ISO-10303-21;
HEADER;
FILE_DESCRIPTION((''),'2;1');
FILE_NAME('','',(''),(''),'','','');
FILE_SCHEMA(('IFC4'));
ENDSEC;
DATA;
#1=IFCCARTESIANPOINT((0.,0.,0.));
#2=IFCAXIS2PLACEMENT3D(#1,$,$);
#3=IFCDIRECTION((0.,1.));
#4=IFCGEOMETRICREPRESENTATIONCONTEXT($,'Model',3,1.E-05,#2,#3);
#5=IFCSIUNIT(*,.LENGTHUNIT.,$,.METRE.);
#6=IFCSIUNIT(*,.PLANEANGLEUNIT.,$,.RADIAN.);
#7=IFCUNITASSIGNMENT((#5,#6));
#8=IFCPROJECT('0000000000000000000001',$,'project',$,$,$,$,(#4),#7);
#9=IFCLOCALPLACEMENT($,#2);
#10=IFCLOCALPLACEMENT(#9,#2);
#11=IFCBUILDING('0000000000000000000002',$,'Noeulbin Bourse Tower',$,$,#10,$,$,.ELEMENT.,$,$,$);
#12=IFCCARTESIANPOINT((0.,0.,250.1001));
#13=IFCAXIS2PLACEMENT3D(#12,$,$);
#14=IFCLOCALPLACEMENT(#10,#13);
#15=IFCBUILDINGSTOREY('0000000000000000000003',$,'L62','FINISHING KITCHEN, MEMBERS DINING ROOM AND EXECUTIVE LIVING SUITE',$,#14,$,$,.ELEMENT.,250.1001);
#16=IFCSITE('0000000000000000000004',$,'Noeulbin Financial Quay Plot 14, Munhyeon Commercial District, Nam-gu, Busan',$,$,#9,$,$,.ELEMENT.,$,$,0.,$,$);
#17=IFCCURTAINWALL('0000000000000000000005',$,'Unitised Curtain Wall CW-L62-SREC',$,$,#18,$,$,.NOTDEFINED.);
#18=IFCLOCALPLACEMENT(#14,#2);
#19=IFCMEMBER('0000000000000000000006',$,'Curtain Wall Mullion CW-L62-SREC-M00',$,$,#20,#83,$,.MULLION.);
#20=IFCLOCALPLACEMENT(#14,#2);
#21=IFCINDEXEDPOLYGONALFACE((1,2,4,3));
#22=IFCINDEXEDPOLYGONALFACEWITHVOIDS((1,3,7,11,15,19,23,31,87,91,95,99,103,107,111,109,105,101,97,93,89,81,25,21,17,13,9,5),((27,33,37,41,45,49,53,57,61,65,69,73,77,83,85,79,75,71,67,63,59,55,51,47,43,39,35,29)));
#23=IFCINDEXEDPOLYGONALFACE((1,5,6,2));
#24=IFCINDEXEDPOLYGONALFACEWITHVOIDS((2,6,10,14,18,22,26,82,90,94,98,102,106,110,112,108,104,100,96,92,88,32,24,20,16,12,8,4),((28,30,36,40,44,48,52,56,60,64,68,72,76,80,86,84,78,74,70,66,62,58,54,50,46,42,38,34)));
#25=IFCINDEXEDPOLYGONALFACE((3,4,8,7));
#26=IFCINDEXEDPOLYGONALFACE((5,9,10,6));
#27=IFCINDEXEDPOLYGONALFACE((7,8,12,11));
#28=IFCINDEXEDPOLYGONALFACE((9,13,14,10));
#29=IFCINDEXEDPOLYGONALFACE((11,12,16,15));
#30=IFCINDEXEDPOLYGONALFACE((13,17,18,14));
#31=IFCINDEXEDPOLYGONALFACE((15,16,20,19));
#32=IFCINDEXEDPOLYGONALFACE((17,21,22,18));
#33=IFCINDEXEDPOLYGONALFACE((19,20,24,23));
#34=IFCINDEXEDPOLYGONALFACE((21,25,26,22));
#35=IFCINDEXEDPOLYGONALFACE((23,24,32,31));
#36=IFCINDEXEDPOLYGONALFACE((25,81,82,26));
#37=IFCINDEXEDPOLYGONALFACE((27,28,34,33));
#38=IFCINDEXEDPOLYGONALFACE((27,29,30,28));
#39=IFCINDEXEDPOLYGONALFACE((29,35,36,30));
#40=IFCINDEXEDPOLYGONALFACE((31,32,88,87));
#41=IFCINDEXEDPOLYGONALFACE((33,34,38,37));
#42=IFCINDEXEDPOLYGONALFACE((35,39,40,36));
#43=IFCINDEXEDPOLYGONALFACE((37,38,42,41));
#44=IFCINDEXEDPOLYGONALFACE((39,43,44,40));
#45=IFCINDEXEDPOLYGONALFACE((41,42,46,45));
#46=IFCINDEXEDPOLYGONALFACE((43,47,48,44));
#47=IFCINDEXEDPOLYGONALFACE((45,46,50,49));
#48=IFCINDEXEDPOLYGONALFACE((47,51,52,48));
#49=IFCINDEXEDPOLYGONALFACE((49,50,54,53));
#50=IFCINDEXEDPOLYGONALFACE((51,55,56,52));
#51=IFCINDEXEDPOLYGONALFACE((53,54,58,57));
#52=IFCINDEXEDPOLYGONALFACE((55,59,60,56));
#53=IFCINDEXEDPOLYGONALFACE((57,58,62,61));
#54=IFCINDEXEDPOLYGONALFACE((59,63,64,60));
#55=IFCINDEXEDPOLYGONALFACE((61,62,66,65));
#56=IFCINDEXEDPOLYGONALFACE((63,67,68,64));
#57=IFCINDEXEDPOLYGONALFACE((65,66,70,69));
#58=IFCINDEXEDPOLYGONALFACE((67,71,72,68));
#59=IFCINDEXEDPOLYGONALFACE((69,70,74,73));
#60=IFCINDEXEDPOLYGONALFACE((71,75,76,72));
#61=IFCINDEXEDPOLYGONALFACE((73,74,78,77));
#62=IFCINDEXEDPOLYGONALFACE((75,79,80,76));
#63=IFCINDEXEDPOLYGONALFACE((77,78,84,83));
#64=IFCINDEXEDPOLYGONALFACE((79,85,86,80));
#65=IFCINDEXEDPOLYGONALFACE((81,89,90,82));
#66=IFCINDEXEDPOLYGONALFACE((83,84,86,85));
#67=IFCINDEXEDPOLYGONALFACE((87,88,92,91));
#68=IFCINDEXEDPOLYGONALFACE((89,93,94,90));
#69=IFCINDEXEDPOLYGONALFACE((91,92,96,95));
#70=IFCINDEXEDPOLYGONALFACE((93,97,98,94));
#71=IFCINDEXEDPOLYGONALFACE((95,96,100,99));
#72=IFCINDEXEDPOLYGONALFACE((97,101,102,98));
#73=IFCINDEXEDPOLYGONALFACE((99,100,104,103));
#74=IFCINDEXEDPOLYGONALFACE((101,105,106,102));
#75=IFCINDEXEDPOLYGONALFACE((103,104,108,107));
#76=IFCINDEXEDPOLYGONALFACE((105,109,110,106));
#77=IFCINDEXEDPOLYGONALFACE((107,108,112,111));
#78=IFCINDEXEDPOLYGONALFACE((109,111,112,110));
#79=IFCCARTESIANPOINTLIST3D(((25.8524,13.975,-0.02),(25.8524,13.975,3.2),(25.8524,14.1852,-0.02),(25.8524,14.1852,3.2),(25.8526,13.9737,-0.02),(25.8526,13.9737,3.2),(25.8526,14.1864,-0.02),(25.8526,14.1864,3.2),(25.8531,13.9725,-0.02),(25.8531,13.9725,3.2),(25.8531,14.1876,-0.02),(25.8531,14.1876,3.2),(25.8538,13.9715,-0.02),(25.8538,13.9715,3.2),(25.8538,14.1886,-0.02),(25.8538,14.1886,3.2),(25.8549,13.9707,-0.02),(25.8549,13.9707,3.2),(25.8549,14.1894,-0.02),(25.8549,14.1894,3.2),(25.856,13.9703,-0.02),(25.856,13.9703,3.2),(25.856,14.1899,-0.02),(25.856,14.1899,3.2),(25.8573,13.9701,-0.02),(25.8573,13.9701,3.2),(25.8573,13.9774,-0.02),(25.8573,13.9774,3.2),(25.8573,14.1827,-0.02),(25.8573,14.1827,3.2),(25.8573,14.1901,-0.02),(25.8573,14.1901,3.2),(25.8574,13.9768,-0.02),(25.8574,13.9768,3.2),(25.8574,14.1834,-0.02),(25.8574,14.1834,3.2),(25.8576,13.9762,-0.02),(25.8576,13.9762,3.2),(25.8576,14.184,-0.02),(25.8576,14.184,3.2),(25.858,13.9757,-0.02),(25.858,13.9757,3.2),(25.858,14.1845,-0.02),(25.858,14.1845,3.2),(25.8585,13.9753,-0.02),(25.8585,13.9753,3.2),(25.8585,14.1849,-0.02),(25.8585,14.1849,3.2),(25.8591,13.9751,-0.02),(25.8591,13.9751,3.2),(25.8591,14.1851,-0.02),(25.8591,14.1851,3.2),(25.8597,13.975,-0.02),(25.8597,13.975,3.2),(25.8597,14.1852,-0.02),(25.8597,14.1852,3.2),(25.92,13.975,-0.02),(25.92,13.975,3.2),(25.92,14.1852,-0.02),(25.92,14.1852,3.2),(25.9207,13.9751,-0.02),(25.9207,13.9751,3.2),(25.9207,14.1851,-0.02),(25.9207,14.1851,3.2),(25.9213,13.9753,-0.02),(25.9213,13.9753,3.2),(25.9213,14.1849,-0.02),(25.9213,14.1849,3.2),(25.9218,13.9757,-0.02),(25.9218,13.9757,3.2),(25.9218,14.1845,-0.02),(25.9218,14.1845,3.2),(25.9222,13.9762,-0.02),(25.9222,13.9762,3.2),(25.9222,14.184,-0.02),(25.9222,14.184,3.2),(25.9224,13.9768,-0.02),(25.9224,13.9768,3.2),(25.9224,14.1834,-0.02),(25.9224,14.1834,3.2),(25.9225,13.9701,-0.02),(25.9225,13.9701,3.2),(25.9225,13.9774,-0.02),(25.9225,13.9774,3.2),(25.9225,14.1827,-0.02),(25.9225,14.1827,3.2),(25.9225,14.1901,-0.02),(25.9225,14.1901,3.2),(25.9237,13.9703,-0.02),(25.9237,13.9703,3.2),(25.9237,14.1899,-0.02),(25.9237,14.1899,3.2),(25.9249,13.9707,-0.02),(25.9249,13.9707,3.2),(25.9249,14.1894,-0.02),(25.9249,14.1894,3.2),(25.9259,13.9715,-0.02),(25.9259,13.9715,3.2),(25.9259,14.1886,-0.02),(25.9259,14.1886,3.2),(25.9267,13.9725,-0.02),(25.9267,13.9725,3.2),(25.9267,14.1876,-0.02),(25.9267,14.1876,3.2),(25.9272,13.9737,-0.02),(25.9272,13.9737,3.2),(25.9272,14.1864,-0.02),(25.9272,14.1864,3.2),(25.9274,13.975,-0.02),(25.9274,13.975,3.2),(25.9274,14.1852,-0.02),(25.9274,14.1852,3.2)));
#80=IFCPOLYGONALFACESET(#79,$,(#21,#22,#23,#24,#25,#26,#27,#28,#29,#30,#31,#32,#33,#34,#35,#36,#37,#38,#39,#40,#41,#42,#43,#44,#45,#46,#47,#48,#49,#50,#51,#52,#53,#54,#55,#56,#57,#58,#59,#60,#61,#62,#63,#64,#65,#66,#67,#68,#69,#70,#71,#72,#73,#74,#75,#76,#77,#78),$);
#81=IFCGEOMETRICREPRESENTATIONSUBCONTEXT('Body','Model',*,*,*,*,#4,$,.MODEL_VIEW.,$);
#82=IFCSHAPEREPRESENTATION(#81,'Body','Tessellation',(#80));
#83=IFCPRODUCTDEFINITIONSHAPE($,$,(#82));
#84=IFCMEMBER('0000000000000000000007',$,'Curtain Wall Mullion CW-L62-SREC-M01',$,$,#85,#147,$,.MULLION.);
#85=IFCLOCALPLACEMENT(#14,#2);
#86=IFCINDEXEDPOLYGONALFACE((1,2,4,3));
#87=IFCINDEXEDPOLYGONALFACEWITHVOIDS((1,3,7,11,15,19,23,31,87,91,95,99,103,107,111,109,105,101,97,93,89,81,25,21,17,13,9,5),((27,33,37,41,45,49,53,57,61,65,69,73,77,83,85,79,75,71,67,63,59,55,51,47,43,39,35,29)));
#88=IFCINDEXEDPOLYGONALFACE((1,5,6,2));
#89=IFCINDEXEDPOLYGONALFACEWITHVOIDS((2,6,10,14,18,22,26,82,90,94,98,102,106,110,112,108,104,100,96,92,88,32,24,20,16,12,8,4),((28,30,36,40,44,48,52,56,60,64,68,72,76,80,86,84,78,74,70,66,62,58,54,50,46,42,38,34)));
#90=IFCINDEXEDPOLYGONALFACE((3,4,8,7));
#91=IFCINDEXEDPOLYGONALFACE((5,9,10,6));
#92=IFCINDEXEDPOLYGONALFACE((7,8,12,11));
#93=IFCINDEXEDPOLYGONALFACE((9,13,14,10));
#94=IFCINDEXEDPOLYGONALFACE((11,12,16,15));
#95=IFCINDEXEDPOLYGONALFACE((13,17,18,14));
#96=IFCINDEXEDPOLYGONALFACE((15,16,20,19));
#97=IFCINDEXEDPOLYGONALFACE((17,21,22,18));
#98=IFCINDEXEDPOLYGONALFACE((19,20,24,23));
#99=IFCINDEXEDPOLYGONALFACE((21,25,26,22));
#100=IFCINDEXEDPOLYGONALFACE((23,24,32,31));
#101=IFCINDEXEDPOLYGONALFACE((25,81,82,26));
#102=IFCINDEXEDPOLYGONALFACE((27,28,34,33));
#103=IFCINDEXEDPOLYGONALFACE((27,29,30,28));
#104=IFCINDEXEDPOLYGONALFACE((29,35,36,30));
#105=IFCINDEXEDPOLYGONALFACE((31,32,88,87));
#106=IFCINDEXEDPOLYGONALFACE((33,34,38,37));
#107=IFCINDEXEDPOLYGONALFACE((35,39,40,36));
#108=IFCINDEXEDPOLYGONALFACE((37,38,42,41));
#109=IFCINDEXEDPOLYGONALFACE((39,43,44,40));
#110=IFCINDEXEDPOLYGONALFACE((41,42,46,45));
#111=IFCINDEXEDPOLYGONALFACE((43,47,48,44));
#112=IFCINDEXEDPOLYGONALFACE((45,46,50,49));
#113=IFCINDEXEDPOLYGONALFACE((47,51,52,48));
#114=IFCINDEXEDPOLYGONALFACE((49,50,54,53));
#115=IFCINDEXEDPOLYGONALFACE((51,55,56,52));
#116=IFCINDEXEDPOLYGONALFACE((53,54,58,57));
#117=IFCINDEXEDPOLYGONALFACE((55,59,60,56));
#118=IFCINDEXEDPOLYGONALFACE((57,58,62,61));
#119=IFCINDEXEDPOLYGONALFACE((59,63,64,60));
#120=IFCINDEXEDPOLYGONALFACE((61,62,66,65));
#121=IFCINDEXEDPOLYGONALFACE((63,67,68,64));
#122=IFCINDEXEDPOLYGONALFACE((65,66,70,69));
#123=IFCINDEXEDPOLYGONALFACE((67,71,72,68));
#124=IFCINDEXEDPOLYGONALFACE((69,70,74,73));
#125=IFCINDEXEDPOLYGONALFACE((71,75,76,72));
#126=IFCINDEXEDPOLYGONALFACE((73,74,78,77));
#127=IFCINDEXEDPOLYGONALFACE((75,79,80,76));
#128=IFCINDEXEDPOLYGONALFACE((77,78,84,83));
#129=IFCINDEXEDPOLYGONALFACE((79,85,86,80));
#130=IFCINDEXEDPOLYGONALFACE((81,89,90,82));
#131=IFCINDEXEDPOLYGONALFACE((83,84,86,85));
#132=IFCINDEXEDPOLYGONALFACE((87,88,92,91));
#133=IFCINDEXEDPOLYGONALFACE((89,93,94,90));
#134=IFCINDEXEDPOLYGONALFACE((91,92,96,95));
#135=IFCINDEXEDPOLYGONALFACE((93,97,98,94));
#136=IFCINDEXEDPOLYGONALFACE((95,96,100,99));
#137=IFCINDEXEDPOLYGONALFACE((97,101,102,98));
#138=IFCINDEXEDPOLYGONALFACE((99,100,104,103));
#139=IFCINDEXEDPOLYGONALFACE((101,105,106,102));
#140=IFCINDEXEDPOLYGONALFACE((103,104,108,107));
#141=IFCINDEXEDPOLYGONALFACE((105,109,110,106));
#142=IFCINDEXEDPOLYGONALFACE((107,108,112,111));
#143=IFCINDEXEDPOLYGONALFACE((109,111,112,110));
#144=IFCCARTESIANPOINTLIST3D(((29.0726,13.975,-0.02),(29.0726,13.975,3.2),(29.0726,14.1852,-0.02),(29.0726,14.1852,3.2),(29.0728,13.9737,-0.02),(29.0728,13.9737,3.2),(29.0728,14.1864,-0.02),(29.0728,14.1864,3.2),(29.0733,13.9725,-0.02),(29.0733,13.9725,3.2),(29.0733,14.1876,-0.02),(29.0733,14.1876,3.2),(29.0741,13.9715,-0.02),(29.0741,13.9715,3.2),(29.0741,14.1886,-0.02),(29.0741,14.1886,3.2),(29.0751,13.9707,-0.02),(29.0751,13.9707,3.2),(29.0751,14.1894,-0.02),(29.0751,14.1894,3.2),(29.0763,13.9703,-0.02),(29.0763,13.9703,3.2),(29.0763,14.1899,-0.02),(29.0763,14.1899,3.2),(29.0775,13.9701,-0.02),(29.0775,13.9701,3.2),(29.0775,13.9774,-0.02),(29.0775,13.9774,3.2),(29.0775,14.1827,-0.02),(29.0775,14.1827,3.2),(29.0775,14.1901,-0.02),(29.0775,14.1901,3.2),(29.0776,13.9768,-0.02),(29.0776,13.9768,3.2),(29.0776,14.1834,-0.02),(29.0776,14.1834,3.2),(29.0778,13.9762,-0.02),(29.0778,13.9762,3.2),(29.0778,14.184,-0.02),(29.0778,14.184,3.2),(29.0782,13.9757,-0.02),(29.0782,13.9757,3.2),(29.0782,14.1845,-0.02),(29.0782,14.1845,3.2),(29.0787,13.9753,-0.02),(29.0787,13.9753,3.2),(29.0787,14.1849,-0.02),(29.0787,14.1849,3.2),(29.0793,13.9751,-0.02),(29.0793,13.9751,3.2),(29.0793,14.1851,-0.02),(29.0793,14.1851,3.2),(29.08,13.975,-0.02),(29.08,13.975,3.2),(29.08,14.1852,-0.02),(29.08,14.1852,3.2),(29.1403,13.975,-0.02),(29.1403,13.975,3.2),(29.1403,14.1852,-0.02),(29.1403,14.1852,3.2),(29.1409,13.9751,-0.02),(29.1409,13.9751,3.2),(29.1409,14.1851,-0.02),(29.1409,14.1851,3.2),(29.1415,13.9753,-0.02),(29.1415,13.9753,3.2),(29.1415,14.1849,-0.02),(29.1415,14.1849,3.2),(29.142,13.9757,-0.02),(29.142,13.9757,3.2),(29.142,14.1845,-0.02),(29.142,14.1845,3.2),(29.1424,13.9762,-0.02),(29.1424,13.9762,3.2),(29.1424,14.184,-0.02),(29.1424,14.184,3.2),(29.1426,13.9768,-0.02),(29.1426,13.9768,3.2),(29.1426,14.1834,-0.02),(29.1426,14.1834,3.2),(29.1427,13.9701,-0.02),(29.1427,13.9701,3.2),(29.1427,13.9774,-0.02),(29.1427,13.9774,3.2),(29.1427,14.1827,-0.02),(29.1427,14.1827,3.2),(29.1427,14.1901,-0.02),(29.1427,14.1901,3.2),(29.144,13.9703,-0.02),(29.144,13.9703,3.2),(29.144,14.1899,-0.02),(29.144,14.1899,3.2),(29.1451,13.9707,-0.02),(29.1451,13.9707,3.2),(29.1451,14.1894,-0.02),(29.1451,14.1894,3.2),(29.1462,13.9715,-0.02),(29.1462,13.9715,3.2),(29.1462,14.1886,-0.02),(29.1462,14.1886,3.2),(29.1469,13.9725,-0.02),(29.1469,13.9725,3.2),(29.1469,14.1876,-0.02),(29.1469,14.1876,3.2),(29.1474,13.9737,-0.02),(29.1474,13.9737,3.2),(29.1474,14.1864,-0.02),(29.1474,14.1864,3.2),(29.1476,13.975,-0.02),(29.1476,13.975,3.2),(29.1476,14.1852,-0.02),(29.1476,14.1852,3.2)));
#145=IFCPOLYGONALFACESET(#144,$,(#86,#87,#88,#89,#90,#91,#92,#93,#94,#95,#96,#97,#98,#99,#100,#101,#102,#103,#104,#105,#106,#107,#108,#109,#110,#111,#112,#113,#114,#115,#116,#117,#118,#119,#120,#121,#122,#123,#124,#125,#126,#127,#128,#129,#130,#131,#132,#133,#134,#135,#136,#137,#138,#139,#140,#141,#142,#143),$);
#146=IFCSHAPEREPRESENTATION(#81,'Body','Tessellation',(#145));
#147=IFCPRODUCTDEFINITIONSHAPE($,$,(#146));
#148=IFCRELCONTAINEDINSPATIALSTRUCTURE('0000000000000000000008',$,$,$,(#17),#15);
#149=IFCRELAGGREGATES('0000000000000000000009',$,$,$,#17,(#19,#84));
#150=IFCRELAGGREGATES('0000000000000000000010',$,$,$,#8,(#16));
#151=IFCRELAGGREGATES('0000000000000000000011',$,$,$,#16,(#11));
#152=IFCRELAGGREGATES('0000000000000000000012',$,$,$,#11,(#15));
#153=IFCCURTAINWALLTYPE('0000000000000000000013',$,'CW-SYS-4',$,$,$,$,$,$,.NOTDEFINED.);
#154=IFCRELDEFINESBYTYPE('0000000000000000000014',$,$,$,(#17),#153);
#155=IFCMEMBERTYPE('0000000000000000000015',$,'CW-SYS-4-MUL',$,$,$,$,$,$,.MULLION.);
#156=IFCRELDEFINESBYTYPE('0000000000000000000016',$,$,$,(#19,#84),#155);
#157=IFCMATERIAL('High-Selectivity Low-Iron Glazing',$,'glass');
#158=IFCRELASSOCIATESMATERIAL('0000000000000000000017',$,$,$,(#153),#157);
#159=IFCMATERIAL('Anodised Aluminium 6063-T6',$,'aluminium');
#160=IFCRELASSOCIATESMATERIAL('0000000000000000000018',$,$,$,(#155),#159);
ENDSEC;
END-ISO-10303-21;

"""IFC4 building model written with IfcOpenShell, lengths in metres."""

from ifc_helpers import new_model, si_unit, direction, frame, origin, origin_2d, place, context, subcontext, project, spatial, hollow_rectangle, extrude, material, material_profile, profile_set, type_object, element, aggregate, save


model = new_model("IFC4")

# Units and contexts
model_context = context("Model", 3, precision=1e-05, world=origin(), true_north=direction((0.0, 1.0)))
body_context = subcontext(model_context, "Body", "Model", "MODEL_VIEW")
ifc_project = project(units=[si_unit("LENGTHUNIT", "METRE"), si_unit("PLANEANGLEUNIT", "RADIAN")], contexts=[model_context])

# Site, building, storey
site_placement = place(None, origin())
site = spatial("IfcSite", under=ifc_project, at=site_placement, Name="Noeulbin Financial Quay Plot 14, Munhyeon Commercial District, Nam-gu, Busan", CompositionType="ELEMENT", RefElevation=0.0)
building_placement = place(site_placement, origin())
building = spatial("IfcBuilding", under=site, at=building_placement, Name="Noeulbin Bourse Tower", CompositionType="ELEMENT")
storey_placement = place(building_placement, frame((0.0, 0.0, 250.1001)))
storey = spatial("IfcBuildingStorey", under=building, at=storey_placement, Name="L62", Description="FINISHING KITCHEN, MEMBERS DINING ROOM AND EXECUTIVE LIVING SUITE", CompositionType="ELEMENT", Elevation=250.1001)

# Curtain wall, members
ifc_material_1 = material(Name="High-Selectivity Low-Iron Glazing", Category="glass")
curtain_wall_type = type_object("IfcCurtainWallType", Name="CW-SYS-4", PredefinedType="NOTDEFINED", material=ifc_material_1)
curtain_wall_1_placement = place(storey_placement, origin())
curtain_wall_1 = element("IfcCurtainWall", 1, at=curtain_wall_1_placement, inside=storey, type_object=curtain_wall_type, Name="Unitised Curtain Wall CW-L62-SREC", PredefinedType="NOTDEFINED")
ifc_material_2 = material(Name="Anodised Aluminium 6063-T6", Category="aluminium")
ifc_material_profile_1 = material_profile(ifc_material_2, hollow_rectangle(XDim=0.075, YDim=0.22, WallThickness=0.0049, InnerFilletRadius=0.0024, OuterFilletRadius=0.0049, at=origin_2d()), Name="ALU-MULL-75x220x5", Category="LoadBearing")
ifc_profile_set_1 = profile_set([ifc_material_profile_1], Name="Anodised Aluminium 6063-T6")
member_type_1 = type_object("IfcMemberType", Name="CW-SYS-4-MUL", PredefinedType="MULLION", material=ifc_profile_set_1)
member_1_placement = place(storey_placement, frame((25.8899, 14.0801, -0.02), z_axis=(0.0, 0.0, 1.0), x_axis=(1.0, 0.0, 0.0)))
member_1 = element("IfcMember", 2, at=member_1_placement, type_object=member_type_1, Name="Curtain Wall Mullion CW-L62-SREC-M00", PredefinedType="MULLION", context=body_context, shape_type="SweptSolid", body=[
    extrude(hollow_rectangle(XDim=0.075, YDim=0.22, WallThickness=0.0049, InnerFilletRadius=0.0024, OuterFilletRadius=0.0049, at=origin_2d()), origin(), (0.0, 0.0, 1.0), 3.22),
])
member_2_placement = place(storey_placement, frame((29.1101, 14.0801, -0.02), z_axis=(0.0, 0.0, 1.0), x_axis=(1.0, 0.0, 0.0)))
member_2 = element("IfcMember", 3, at=member_2_placement, type_object=member_type_1, Name="Curtain Wall Mullion CW-L62-SREC-M01", PredefinedType="MULLION", context=body_context, shape_type="SweptSolid", body=[
    extrude(hollow_rectangle(XDim=0.075, YDim=0.22, WallThickness=0.0049, InnerFilletRadius=0.0024, OuterFilletRadius=0.0049, at=origin_2d()), origin(), (0.0, 0.0, 1.0), 3.22),
])

aggregate(curtain_wall_1, [member_1, member_2])

save(model, "model.ifc")
